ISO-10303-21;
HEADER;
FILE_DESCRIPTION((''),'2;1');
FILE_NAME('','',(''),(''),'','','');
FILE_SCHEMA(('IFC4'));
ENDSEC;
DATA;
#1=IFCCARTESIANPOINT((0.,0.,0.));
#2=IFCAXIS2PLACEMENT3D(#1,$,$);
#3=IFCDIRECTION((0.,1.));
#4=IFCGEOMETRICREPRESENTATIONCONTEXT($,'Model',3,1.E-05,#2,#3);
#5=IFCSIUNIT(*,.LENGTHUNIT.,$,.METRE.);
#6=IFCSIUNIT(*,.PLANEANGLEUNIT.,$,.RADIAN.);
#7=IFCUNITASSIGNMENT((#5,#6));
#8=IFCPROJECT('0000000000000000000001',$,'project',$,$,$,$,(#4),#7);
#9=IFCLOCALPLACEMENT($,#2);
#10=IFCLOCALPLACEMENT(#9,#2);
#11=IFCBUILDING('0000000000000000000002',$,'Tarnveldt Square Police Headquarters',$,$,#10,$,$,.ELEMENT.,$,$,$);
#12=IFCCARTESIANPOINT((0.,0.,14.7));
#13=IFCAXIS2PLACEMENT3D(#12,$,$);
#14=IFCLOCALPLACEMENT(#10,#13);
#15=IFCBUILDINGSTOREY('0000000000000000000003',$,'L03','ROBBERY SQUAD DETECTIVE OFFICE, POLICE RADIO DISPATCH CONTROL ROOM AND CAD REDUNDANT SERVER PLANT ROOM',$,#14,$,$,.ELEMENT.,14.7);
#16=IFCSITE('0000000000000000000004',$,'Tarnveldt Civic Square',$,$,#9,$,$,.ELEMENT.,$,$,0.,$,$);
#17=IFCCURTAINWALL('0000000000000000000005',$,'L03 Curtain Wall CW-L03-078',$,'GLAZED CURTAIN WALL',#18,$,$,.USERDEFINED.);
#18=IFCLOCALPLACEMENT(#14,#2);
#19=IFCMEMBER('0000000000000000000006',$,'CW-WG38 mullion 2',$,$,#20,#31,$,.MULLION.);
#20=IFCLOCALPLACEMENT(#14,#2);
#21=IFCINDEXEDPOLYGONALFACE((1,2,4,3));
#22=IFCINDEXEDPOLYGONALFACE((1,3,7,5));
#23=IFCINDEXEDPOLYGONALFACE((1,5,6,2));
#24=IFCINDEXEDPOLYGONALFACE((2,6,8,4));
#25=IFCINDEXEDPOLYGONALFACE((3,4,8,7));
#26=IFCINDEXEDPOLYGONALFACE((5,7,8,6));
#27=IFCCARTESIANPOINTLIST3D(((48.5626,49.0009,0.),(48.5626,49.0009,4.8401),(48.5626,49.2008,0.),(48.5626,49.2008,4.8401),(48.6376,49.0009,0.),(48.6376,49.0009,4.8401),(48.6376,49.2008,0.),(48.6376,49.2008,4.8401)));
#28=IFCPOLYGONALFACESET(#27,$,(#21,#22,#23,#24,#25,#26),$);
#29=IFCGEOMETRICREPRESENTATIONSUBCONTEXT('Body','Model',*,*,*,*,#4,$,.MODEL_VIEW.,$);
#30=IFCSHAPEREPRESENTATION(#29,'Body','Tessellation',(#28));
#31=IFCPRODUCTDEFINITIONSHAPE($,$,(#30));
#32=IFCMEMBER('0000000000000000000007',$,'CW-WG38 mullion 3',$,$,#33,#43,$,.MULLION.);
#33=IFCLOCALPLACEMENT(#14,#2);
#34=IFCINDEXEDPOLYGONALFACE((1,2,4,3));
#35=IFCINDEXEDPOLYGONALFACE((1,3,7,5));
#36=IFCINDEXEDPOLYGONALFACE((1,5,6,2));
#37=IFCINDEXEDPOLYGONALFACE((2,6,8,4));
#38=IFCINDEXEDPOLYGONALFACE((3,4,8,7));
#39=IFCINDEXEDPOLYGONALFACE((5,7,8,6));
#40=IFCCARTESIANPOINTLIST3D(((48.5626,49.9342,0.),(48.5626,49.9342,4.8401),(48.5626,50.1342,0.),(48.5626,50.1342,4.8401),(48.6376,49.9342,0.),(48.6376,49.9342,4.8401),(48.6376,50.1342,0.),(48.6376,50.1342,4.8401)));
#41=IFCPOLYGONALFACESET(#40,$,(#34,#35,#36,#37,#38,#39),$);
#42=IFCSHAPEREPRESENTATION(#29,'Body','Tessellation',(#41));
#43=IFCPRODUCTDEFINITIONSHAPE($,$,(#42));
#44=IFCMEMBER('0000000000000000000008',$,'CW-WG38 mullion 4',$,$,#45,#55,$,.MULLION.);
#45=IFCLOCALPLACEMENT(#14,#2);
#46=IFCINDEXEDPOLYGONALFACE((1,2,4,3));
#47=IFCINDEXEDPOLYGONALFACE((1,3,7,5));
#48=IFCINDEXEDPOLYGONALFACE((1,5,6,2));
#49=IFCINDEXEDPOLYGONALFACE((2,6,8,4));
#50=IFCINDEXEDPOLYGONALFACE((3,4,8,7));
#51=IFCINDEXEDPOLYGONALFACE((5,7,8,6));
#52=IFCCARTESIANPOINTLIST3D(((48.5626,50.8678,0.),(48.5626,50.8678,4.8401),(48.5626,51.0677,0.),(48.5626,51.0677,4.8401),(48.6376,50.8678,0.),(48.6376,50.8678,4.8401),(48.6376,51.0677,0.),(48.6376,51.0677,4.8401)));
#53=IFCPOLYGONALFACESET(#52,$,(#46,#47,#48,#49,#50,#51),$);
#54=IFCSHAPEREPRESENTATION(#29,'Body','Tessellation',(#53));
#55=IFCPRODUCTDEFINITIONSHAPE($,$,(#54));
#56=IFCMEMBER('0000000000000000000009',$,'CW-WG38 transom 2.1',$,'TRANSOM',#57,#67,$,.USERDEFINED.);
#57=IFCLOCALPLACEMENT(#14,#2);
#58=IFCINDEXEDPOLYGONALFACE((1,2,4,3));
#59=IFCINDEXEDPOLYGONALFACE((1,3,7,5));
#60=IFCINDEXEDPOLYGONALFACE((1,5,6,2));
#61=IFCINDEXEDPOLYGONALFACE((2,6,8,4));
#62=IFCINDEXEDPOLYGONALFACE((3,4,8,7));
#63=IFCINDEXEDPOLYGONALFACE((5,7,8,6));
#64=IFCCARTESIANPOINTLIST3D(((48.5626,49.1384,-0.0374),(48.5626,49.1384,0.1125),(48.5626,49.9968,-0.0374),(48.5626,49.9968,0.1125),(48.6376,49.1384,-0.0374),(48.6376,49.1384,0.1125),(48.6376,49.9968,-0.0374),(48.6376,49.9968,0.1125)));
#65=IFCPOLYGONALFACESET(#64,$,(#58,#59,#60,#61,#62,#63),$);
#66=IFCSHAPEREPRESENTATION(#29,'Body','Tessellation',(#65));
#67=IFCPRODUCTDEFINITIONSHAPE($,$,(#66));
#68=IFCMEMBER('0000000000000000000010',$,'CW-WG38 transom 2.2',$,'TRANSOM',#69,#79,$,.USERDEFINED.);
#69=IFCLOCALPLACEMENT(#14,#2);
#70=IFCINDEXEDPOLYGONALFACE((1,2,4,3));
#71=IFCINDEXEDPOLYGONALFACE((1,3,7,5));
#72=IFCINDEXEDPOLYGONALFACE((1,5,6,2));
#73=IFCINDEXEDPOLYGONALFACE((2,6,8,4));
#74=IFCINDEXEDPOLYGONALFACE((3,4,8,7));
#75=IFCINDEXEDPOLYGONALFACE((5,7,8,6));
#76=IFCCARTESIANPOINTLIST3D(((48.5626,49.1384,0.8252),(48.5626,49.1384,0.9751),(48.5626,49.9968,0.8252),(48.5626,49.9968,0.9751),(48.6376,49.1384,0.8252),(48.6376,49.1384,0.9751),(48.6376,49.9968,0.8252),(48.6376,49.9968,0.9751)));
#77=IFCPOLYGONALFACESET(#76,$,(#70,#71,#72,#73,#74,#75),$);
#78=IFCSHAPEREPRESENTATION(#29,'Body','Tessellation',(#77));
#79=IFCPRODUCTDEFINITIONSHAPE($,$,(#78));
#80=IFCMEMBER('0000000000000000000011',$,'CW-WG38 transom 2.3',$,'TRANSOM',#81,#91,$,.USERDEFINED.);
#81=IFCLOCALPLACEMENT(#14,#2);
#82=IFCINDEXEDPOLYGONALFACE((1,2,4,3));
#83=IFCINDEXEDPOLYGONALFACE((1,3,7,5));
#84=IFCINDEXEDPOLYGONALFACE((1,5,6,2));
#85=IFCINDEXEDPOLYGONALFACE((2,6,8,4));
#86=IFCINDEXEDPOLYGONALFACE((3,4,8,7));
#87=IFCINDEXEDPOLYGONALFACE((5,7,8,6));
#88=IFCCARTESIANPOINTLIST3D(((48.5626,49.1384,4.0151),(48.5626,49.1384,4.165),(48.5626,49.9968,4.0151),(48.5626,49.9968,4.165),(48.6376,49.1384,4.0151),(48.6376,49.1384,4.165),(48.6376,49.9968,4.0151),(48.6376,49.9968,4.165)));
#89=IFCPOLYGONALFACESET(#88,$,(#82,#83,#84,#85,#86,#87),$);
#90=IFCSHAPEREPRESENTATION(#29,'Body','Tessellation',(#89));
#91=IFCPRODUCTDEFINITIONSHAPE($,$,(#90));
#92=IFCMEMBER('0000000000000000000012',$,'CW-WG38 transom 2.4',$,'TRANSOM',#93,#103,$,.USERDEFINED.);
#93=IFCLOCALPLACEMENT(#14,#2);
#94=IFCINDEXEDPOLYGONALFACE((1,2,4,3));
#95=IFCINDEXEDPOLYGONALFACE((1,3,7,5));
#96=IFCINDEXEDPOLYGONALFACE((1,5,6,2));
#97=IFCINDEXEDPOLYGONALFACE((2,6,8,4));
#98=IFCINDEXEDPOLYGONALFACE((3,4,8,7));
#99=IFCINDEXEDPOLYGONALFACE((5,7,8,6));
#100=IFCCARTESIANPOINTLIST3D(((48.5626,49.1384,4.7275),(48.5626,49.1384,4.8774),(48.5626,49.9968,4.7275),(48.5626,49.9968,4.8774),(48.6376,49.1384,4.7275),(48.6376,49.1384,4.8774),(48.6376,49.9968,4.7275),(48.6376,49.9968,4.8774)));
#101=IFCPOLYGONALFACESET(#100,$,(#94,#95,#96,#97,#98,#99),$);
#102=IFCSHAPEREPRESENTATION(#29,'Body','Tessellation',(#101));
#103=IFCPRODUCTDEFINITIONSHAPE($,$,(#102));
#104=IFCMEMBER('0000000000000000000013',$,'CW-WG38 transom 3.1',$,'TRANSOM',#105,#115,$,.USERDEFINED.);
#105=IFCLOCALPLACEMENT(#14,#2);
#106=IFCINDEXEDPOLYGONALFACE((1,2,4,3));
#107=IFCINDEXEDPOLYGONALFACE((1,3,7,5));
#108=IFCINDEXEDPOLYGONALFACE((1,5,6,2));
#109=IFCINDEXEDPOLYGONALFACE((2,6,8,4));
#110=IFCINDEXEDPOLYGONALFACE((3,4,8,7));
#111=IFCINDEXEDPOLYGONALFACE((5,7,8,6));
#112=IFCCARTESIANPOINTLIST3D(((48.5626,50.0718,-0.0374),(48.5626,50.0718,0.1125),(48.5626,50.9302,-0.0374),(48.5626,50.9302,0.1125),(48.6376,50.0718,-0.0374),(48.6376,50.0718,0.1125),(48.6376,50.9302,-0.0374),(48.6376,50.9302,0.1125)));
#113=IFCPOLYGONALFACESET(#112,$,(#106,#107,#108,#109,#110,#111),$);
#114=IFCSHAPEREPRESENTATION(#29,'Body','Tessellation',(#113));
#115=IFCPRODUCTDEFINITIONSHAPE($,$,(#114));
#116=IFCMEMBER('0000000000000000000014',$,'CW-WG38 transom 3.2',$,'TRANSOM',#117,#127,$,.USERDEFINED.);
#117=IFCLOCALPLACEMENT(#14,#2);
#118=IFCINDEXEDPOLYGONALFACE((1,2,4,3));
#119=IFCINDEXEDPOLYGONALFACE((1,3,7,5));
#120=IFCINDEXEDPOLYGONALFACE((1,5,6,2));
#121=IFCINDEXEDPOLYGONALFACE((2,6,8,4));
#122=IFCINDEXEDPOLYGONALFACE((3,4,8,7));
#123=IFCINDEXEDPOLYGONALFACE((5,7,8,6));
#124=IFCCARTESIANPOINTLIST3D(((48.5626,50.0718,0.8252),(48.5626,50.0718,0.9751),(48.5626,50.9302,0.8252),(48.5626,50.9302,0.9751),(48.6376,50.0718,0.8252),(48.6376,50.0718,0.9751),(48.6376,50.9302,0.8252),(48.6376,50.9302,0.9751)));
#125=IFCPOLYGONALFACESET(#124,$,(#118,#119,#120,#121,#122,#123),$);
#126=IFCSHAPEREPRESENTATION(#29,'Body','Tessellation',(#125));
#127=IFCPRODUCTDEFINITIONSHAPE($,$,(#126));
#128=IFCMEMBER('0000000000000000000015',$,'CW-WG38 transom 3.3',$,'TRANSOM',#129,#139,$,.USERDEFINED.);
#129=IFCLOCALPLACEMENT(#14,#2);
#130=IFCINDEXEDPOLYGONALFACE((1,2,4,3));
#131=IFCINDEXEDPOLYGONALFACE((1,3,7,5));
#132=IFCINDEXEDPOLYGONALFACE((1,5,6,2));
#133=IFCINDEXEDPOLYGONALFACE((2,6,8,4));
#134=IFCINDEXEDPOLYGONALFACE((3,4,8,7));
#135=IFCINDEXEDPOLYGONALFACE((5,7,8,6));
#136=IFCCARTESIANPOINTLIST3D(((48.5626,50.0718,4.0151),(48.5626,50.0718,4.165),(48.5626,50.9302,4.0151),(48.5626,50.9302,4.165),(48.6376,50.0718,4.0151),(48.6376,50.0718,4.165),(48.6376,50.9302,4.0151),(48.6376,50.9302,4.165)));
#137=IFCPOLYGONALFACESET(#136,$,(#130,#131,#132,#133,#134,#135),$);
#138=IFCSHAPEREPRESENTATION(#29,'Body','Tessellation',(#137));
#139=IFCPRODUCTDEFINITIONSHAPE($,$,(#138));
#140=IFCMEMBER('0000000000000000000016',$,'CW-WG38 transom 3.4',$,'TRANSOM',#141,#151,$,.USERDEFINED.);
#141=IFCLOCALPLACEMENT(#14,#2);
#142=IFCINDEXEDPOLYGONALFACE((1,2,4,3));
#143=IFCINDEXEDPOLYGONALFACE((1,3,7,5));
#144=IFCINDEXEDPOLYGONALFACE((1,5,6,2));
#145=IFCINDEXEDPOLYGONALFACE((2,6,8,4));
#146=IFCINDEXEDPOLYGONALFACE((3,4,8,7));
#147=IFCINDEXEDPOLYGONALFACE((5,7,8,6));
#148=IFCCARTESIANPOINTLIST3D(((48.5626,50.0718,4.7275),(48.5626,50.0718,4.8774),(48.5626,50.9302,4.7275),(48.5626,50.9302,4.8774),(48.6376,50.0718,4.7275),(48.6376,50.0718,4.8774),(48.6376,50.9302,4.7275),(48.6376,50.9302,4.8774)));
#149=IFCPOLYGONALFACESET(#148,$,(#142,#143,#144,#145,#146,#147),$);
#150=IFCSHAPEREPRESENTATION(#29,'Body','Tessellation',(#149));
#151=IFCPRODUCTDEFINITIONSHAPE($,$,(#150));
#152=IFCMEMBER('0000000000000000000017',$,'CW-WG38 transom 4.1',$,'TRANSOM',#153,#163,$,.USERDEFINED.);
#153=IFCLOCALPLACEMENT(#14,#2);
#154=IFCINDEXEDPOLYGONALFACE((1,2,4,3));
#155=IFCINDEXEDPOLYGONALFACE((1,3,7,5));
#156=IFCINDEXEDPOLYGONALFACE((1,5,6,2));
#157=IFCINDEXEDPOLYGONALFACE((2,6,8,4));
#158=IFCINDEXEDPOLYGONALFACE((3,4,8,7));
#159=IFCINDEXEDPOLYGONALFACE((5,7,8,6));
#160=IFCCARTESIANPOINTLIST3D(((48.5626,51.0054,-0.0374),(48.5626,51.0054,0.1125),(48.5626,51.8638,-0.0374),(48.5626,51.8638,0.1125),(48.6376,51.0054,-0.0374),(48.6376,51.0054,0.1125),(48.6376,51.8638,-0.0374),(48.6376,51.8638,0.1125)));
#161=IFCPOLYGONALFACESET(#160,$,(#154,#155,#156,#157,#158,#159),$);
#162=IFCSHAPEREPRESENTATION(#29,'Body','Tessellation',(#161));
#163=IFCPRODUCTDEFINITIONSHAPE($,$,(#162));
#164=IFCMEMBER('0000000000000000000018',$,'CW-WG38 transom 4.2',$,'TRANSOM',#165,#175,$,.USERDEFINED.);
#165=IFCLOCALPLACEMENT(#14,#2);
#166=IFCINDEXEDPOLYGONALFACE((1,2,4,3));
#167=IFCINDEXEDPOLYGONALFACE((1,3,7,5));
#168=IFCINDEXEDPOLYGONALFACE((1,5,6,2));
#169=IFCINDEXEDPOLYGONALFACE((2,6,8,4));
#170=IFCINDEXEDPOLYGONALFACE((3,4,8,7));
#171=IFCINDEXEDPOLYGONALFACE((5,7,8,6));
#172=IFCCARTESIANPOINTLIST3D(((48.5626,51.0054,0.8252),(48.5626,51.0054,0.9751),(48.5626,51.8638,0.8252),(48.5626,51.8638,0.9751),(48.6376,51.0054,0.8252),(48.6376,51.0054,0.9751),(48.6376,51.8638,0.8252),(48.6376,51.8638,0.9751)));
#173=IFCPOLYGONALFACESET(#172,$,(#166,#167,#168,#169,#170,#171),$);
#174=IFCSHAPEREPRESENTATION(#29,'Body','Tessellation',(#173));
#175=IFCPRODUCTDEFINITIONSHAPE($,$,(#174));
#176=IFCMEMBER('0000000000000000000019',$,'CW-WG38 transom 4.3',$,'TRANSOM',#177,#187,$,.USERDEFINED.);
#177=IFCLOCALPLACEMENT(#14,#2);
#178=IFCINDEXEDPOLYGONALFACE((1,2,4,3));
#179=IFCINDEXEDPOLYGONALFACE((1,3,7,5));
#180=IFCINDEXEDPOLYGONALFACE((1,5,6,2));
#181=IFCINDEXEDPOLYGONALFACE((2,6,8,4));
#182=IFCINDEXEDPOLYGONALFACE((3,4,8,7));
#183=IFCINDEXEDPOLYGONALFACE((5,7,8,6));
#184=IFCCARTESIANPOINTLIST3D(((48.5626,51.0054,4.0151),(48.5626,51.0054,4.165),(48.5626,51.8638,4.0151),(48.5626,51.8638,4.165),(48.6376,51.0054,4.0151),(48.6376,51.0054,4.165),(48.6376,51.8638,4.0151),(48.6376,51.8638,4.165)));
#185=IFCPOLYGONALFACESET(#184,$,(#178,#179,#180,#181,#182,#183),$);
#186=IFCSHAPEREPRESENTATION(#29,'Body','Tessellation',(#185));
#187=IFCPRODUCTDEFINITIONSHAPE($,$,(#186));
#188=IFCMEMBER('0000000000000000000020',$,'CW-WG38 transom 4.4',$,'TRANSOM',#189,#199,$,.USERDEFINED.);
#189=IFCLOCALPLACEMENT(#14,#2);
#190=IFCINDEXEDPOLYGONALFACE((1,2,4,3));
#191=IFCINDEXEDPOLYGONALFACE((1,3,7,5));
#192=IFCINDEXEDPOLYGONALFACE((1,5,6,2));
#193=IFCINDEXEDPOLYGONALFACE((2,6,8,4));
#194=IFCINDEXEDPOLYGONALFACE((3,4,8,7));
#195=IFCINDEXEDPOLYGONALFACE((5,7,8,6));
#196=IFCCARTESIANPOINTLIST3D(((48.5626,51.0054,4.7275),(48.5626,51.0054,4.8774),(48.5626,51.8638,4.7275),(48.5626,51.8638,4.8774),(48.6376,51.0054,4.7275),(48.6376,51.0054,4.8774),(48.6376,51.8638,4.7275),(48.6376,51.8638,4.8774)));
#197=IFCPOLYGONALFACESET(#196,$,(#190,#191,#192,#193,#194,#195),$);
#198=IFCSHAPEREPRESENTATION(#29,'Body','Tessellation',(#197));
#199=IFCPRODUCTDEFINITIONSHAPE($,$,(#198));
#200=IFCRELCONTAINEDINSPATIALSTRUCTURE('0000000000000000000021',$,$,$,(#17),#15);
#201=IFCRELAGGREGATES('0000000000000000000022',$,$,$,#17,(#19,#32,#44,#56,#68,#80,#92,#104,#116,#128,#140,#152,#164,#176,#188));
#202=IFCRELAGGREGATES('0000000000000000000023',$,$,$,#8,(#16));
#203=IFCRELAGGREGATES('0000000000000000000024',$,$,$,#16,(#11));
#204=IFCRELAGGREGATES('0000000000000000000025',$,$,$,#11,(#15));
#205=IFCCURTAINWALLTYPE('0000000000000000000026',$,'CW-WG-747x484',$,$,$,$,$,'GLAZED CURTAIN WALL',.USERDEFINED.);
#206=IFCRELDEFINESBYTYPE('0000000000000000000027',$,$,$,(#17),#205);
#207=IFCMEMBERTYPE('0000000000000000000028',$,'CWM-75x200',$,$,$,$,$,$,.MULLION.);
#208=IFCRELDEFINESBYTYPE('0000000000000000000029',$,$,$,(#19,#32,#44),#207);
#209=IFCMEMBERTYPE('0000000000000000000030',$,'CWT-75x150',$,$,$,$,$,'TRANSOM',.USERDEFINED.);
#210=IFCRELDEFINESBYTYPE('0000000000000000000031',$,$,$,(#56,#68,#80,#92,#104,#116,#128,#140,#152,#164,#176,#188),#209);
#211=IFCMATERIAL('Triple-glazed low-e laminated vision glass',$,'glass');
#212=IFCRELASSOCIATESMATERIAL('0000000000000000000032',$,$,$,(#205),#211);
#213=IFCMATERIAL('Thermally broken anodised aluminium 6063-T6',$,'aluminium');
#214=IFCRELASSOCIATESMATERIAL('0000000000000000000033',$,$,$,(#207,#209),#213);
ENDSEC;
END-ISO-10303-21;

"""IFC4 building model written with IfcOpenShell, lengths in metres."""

from ifc_helpers import new_model, si_unit, direction, frame, origin, origin_2d, place, context, subcontext, project, spatial, rectangle, extrude, material, material_profile, profile_set, type_object, element, aggregate, save


model = new_model("IFC4")

# Units and contexts
model_context = context("Model", 3, precision=1e-05, world=origin(), true_north=direction((0.0, 1.0)))
body_context = subcontext(model_context, "Body", "Model", "MODEL_VIEW")
ifc_project = project(units=[si_unit("LENGTHUNIT", "METRE"), si_unit("PLANEANGLEUNIT", "RADIAN")], contexts=[model_context])

# Site, building, storey
site_placement = place(None, origin())
site = spatial("IfcSite", under=ifc_project, at=site_placement, Name="Tarnveldt Civic Square", CompositionType="ELEMENT", RefElevation=0.0)
building_placement = place(site_placement, origin())
building = spatial("IfcBuilding", under=site, at=building_placement, Name="Tarnveldt Square Police Headquarters", CompositionType="ELEMENT")
storey_placement = place(building_placement, frame((0.0, 0.0, 14.7)))
storey = spatial("IfcBuildingStorey", under=building, at=storey_placement, Name="L03", Description="ROBBERY SQUAD DETECTIVE OFFICE, POLICE RADIO DISPATCH CONTROL ROOM AND CAD REDUNDANT SERVER PLANT ROOM", CompositionType="ELEMENT", Elevation=14.7)

# Curtain wall, members
ifc_material_1 = material(Name="Triple-glazed low-e laminated vision glass", Category="glass")
curtain_wall_type = type_object("IfcCurtainWallType", Name="CW-WG-747x484", ElementType="GLAZED CURTAIN WALL", PredefinedType="USERDEFINED", material=ifc_material_1)
curtain_wall_placement = place(storey_placement, origin())
curtain_wall = element("IfcCurtainWall", 1, at=curtain_wall_placement, inside=storey, type_object=curtain_wall_type, Name="L03 Curtain Wall CW-L03-078", ObjectType="GLAZED CURTAIN WALL", PredefinedType="USERDEFINED")
ifc_material_2 = material(Name="Thermally broken anodised aluminium 6063-T6", Category="aluminium")
ifc_material_profile_1 = material_profile(ifc_material_2, rectangle(XDim=0.075, YDim=0.2, at=origin_2d()), Name="CW-M75x200")
ifc_profile_set_1 = profile_set([ifc_material_profile_1], Name="Thermally broken anodised aluminium 6063-T6")
member_type_1 = type_object("IfcMemberType", Name="CWM-75x200", PredefinedType="MULLION", material=ifc_profile_set_1)
member_1_placement = place(storey_placement, frame((48.6001, 49.1008, 0.0), z_axis=(0.0, 0.0, 1.0), x_axis=(-1.0, 0.0, 0.0)))
member_1 = element("IfcMember", 2, at=member_1_placement, type_object=member_type_1, Name="CW-WG38 mullion 2", PredefinedType="MULLION", context=body_context, shape_type="SweptSolid", body=[
    extrude(rectangle(XDim=0.075, YDim=0.2, at=origin_2d()), origin(), (0.0, 0.0, 1.0), 4.8401),
])
member_2_placement = place(storey_placement, frame((48.6001, 50.0342, 0.0), z_axis=(0.0, 0.0, 1.0), x_axis=(-1.0, 0.0, 0.0)))
member_2 = element("IfcMember", 3, at=member_2_placement, type_object=member_type_1, Name="CW-WG38 mullion 3", PredefinedType="MULLION", context=body_context, shape_type="SweptSolid", body=[
    extrude(rectangle(XDim=0.075, YDim=0.2, at=origin_2d()), origin(), (0.0, 0.0, 1.0), 4.8401),
])
member_3_placement = place(storey_placement, frame((48.6001, 50.9678, 0.0), z_axis=(0.0, 0.0, 1.0), x_axis=(-1.0, 0.0, 0.0)))
member_3 = element("IfcMember", 4, at=member_3_placement, type_object=member_type_1, Name="CW-WG38 mullion 4", PredefinedType="MULLION", context=body_context, shape_type="SweptSolid", body=[
    extrude(rectangle(XDim=0.075, YDim=0.2, at=origin_2d()), origin(), (0.0, 0.0, 1.0), 4.8401),
])
ifc_material_profile_2 = material_profile(ifc_material_2, rectangle(XDim=0.075, YDim=0.1499, at=origin_2d()), Name="CW-T75x150")
ifc_profile_set_2 = profile_set([ifc_material_profile_2], Name="Thermally broken anodised aluminium 6063-T6")
member_type_2 = type_object("IfcMemberType", Name="CWT-75x150", ElementType="TRANSOM", PredefinedType="USERDEFINED", material=ifc_profile_set_2)
member_4_placement = place(storey_placement, frame((48.6001, 49.1384, 0.0376), z_axis=(0.0, 1.0, 0.0), x_axis=(-1.0, 0.0, 0.0)))
member_4 = element("IfcMember", 5, at=member_4_placement, type_object=member_type_2, Name="CW-WG38 transom 2.1", ObjectType="TRANSOM", PredefinedType="USERDEFINED", context=body_context, shape_type="SweptSolid", body=[
    extrude(rectangle(XDim=0.075, YDim=0.1499, at=origin_2d()), origin(), (0.0, 0.0, 1.0), 0.8584),
])
member_5_placement = place(storey_placement, frame((48.6001, 49.1384, 0.9001), z_axis=(0.0, 1.0, 0.0), x_axis=(-1.0, 0.0, 0.0)))
member_5 = element("IfcMember", 6, at=member_5_placement, type_object=member_type_2, Name="CW-WG38 transom 2.2", ObjectType="TRANSOM", PredefinedType="USERDEFINED", context=body_context, shape_type="SweptSolid", body=[
    extrude(rectangle(XDim=0.075, YDim=0.1499, at=origin_2d()), origin(), (0.0, 0.0, 1.0), 0.8584),
])
member_6_placement = place(storey_placement, frame((48.6001, 49.1384, 4.0901), z_axis=(0.0, 1.0, 0.0), x_axis=(-1.0, 0.0, 0.0)))
member_6 = element("IfcMember", 7, at=member_6_placement, type_object=member_type_2, Name="CW-WG38 transom 2.3", ObjectType="TRANSOM", PredefinedType="USERDEFINED", context=body_context, shape_type="SweptSolid", body=[
    extrude(rectangle(XDim=0.075, YDim=0.1499, at=origin_2d()), origin(), (0.0, 0.0, 1.0), 0.8584),
])
member_7_placement = place(storey_placement, frame((48.6001, 49.1384, 4.8025), z_axis=(0.0, 1.0, 0.0), x_axis=(-1.0, 0.0, 0.0)))
member_7 = element("IfcMember", 8, at=member_7_placement, type_object=member_type_2, Name="CW-WG38 transom 2.4", ObjectType="TRANSOM", PredefinedType="USERDEFINED", context=body_context, shape_type="SweptSolid", body=[
    extrude(rectangle(XDim=0.075, YDim=0.1499, at=origin_2d()), origin(), (0.0, 0.0, 1.0), 0.8584),
])
member_8_placement = place(storey_placement, frame((48.6001, 50.0718, 0.0376), z_axis=(0.0, 1.0, 0.0), x_axis=(-1.0, 0.0, 0.0)))
member_8 = element("IfcMember", 9, at=member_8_placement, type_object=member_type_2, Name="CW-WG38 transom 3.1", ObjectType="TRANSOM", PredefinedType="USERDEFINED", context=body_context, shape_type="SweptSolid", body=[
    extrude(rectangle(XDim=0.075, YDim=0.1499, at=origin_2d()), origin(), (0.0, 0.0, 1.0), 0.8584),
])
member_9_placement = place(storey_placement, frame((48.6001, 50.0718, 0.9001), z_axis=(0.0, 1.0, 0.0), x_axis=(-1.0, 0.0, 0.0)))
member_9 = element("IfcMember", 10, at=member_9_placement, type_object=member_type_2, Name="CW-WG38 transom 3.2", ObjectType="TRANSOM", PredefinedType="USERDEFINED", context=body_context, shape_type="SweptSolid", body=[
    extrude(rectangle(XDim=0.075, YDim=0.1499, at=origin_2d()), origin(), (0.0, 0.0, 1.0), 0.8584),
])
member_10_placement = place(storey_placement, frame((48.6001, 50.0718, 4.0901), z_axis=(0.0, 1.0, 0.0), x_axis=(-1.0, 0.0, 0.0)))
member_10 = element("IfcMember", 11, at=member_10_placement, type_object=member_type_2, Name="CW-WG38 transom 3.3", ObjectType="TRANSOM", PredefinedType="USERDEFINED", context=body_context, shape_type="SweptSolid", body=[
    extrude(rectangle(XDim=0.075, YDim=0.1499, at=origin_2d()), origin(), (0.0, 0.0, 1.0), 0.8584),
])
member_11_placement = place(storey_placement, frame((48.6001, 50.0718, 4.8025), z_axis=(0.0, 1.0, 0.0), x_axis=(-1.0, 0.0, 0.0)))
member_11 = element("IfcMember", 12, at=member_11_placement, type_object=member_type_2, Name="CW-WG38 transom 3.4", ObjectType="TRANSOM", PredefinedType="USERDEFINED", context=body_context, shape_type="SweptSolid", body=[
    extrude(rectangle(XDim=0.075, YDim=0.1499, at=origin_2d()), origin(), (0.0, 0.0, 1.0), 0.8584),
])
member_12_placement = place(storey_placement, frame((48.6001, 51.0054, 0.0376), z_axis=(0.0, 1.0, 0.0), x_axis=(-1.0, 0.0, 0.0)))
member_12 = element("IfcMember", 13, at=member_12_placement, type_object=member_type_2, Name="CW-WG38 transom 4.1", ObjectType="TRANSOM", PredefinedType="USERDEFINED", context=body_context, shape_type="SweptSolid", body=[
    extrude(rectangle(XDim=0.075, YDim=0.1499, at=origin_2d()), origin(), (0.0, 0.0, 1.0), 0.8584),
])
member_13_placement = place(storey_placement, frame((48.6001, 51.0054, 0.9001), z_axis=(0.0, 1.0, 0.0), x_axis=(-1.0, 0.0, 0.0)))
member_13 = element("IfcMember", 14, at=member_13_placement, type_object=member_type_2, Name="CW-WG38 transom 4.2", ObjectType="TRANSOM", PredefinedType="USERDEFINED", context=body_context, shape_type="SweptSolid", body=[
    extrude(rectangle(XDim=0.075, YDim=0.1499, at=origin_2d()), origin(), (0.0, 0.0, 1.0), 0.8584),
])
member_14_placement = place(storey_placement, frame((48.6001, 51.0054, 4.0901), z_axis=(0.0, 1.0, 0.0), x_axis=(-1.0, 0.0, 0.0)))
member_14 = element("IfcMember", 15, at=member_14_placement, type_object=member_type_2, Name="CW-WG38 transom 4.3", ObjectType="TRANSOM", PredefinedType="USERDEFINED", context=body_context, shape_type="SweptSolid", body=[
    extrude(rectangle(XDim=0.075, YDim=0.1499, at=origin_2d()), origin(), (0.0, 0.0, 1.0), 0.8584),
])
member_15_placement = place(storey_placement, frame((48.6001, 51.0054, 4.8025), z_axis=(0.0, 1.0, 0.0), x_axis=(-1.0, 0.0, 0.0)))
member_15 = element("IfcMember", 16, at=member_15_placement, type_object=member_type_2, Name="CW-WG38 transom 4.4", ObjectType="TRANSOM", PredefinedType="USERDEFINED", context=body_context, shape_type="SweptSolid", body=[
    extrude(rectangle(XDim=0.075, YDim=0.1499, at=origin_2d()), origin(), (0.0, 0.0, 1.0), 0.8584),
])
aggregate(curtain_wall, [member_1, member_2, member_3, member_4, member_5, member_6, member_7, member_8, member_9, member_10, member_11, member_12, member_13, member_14, member_15])

save(model, "model.ifc")
